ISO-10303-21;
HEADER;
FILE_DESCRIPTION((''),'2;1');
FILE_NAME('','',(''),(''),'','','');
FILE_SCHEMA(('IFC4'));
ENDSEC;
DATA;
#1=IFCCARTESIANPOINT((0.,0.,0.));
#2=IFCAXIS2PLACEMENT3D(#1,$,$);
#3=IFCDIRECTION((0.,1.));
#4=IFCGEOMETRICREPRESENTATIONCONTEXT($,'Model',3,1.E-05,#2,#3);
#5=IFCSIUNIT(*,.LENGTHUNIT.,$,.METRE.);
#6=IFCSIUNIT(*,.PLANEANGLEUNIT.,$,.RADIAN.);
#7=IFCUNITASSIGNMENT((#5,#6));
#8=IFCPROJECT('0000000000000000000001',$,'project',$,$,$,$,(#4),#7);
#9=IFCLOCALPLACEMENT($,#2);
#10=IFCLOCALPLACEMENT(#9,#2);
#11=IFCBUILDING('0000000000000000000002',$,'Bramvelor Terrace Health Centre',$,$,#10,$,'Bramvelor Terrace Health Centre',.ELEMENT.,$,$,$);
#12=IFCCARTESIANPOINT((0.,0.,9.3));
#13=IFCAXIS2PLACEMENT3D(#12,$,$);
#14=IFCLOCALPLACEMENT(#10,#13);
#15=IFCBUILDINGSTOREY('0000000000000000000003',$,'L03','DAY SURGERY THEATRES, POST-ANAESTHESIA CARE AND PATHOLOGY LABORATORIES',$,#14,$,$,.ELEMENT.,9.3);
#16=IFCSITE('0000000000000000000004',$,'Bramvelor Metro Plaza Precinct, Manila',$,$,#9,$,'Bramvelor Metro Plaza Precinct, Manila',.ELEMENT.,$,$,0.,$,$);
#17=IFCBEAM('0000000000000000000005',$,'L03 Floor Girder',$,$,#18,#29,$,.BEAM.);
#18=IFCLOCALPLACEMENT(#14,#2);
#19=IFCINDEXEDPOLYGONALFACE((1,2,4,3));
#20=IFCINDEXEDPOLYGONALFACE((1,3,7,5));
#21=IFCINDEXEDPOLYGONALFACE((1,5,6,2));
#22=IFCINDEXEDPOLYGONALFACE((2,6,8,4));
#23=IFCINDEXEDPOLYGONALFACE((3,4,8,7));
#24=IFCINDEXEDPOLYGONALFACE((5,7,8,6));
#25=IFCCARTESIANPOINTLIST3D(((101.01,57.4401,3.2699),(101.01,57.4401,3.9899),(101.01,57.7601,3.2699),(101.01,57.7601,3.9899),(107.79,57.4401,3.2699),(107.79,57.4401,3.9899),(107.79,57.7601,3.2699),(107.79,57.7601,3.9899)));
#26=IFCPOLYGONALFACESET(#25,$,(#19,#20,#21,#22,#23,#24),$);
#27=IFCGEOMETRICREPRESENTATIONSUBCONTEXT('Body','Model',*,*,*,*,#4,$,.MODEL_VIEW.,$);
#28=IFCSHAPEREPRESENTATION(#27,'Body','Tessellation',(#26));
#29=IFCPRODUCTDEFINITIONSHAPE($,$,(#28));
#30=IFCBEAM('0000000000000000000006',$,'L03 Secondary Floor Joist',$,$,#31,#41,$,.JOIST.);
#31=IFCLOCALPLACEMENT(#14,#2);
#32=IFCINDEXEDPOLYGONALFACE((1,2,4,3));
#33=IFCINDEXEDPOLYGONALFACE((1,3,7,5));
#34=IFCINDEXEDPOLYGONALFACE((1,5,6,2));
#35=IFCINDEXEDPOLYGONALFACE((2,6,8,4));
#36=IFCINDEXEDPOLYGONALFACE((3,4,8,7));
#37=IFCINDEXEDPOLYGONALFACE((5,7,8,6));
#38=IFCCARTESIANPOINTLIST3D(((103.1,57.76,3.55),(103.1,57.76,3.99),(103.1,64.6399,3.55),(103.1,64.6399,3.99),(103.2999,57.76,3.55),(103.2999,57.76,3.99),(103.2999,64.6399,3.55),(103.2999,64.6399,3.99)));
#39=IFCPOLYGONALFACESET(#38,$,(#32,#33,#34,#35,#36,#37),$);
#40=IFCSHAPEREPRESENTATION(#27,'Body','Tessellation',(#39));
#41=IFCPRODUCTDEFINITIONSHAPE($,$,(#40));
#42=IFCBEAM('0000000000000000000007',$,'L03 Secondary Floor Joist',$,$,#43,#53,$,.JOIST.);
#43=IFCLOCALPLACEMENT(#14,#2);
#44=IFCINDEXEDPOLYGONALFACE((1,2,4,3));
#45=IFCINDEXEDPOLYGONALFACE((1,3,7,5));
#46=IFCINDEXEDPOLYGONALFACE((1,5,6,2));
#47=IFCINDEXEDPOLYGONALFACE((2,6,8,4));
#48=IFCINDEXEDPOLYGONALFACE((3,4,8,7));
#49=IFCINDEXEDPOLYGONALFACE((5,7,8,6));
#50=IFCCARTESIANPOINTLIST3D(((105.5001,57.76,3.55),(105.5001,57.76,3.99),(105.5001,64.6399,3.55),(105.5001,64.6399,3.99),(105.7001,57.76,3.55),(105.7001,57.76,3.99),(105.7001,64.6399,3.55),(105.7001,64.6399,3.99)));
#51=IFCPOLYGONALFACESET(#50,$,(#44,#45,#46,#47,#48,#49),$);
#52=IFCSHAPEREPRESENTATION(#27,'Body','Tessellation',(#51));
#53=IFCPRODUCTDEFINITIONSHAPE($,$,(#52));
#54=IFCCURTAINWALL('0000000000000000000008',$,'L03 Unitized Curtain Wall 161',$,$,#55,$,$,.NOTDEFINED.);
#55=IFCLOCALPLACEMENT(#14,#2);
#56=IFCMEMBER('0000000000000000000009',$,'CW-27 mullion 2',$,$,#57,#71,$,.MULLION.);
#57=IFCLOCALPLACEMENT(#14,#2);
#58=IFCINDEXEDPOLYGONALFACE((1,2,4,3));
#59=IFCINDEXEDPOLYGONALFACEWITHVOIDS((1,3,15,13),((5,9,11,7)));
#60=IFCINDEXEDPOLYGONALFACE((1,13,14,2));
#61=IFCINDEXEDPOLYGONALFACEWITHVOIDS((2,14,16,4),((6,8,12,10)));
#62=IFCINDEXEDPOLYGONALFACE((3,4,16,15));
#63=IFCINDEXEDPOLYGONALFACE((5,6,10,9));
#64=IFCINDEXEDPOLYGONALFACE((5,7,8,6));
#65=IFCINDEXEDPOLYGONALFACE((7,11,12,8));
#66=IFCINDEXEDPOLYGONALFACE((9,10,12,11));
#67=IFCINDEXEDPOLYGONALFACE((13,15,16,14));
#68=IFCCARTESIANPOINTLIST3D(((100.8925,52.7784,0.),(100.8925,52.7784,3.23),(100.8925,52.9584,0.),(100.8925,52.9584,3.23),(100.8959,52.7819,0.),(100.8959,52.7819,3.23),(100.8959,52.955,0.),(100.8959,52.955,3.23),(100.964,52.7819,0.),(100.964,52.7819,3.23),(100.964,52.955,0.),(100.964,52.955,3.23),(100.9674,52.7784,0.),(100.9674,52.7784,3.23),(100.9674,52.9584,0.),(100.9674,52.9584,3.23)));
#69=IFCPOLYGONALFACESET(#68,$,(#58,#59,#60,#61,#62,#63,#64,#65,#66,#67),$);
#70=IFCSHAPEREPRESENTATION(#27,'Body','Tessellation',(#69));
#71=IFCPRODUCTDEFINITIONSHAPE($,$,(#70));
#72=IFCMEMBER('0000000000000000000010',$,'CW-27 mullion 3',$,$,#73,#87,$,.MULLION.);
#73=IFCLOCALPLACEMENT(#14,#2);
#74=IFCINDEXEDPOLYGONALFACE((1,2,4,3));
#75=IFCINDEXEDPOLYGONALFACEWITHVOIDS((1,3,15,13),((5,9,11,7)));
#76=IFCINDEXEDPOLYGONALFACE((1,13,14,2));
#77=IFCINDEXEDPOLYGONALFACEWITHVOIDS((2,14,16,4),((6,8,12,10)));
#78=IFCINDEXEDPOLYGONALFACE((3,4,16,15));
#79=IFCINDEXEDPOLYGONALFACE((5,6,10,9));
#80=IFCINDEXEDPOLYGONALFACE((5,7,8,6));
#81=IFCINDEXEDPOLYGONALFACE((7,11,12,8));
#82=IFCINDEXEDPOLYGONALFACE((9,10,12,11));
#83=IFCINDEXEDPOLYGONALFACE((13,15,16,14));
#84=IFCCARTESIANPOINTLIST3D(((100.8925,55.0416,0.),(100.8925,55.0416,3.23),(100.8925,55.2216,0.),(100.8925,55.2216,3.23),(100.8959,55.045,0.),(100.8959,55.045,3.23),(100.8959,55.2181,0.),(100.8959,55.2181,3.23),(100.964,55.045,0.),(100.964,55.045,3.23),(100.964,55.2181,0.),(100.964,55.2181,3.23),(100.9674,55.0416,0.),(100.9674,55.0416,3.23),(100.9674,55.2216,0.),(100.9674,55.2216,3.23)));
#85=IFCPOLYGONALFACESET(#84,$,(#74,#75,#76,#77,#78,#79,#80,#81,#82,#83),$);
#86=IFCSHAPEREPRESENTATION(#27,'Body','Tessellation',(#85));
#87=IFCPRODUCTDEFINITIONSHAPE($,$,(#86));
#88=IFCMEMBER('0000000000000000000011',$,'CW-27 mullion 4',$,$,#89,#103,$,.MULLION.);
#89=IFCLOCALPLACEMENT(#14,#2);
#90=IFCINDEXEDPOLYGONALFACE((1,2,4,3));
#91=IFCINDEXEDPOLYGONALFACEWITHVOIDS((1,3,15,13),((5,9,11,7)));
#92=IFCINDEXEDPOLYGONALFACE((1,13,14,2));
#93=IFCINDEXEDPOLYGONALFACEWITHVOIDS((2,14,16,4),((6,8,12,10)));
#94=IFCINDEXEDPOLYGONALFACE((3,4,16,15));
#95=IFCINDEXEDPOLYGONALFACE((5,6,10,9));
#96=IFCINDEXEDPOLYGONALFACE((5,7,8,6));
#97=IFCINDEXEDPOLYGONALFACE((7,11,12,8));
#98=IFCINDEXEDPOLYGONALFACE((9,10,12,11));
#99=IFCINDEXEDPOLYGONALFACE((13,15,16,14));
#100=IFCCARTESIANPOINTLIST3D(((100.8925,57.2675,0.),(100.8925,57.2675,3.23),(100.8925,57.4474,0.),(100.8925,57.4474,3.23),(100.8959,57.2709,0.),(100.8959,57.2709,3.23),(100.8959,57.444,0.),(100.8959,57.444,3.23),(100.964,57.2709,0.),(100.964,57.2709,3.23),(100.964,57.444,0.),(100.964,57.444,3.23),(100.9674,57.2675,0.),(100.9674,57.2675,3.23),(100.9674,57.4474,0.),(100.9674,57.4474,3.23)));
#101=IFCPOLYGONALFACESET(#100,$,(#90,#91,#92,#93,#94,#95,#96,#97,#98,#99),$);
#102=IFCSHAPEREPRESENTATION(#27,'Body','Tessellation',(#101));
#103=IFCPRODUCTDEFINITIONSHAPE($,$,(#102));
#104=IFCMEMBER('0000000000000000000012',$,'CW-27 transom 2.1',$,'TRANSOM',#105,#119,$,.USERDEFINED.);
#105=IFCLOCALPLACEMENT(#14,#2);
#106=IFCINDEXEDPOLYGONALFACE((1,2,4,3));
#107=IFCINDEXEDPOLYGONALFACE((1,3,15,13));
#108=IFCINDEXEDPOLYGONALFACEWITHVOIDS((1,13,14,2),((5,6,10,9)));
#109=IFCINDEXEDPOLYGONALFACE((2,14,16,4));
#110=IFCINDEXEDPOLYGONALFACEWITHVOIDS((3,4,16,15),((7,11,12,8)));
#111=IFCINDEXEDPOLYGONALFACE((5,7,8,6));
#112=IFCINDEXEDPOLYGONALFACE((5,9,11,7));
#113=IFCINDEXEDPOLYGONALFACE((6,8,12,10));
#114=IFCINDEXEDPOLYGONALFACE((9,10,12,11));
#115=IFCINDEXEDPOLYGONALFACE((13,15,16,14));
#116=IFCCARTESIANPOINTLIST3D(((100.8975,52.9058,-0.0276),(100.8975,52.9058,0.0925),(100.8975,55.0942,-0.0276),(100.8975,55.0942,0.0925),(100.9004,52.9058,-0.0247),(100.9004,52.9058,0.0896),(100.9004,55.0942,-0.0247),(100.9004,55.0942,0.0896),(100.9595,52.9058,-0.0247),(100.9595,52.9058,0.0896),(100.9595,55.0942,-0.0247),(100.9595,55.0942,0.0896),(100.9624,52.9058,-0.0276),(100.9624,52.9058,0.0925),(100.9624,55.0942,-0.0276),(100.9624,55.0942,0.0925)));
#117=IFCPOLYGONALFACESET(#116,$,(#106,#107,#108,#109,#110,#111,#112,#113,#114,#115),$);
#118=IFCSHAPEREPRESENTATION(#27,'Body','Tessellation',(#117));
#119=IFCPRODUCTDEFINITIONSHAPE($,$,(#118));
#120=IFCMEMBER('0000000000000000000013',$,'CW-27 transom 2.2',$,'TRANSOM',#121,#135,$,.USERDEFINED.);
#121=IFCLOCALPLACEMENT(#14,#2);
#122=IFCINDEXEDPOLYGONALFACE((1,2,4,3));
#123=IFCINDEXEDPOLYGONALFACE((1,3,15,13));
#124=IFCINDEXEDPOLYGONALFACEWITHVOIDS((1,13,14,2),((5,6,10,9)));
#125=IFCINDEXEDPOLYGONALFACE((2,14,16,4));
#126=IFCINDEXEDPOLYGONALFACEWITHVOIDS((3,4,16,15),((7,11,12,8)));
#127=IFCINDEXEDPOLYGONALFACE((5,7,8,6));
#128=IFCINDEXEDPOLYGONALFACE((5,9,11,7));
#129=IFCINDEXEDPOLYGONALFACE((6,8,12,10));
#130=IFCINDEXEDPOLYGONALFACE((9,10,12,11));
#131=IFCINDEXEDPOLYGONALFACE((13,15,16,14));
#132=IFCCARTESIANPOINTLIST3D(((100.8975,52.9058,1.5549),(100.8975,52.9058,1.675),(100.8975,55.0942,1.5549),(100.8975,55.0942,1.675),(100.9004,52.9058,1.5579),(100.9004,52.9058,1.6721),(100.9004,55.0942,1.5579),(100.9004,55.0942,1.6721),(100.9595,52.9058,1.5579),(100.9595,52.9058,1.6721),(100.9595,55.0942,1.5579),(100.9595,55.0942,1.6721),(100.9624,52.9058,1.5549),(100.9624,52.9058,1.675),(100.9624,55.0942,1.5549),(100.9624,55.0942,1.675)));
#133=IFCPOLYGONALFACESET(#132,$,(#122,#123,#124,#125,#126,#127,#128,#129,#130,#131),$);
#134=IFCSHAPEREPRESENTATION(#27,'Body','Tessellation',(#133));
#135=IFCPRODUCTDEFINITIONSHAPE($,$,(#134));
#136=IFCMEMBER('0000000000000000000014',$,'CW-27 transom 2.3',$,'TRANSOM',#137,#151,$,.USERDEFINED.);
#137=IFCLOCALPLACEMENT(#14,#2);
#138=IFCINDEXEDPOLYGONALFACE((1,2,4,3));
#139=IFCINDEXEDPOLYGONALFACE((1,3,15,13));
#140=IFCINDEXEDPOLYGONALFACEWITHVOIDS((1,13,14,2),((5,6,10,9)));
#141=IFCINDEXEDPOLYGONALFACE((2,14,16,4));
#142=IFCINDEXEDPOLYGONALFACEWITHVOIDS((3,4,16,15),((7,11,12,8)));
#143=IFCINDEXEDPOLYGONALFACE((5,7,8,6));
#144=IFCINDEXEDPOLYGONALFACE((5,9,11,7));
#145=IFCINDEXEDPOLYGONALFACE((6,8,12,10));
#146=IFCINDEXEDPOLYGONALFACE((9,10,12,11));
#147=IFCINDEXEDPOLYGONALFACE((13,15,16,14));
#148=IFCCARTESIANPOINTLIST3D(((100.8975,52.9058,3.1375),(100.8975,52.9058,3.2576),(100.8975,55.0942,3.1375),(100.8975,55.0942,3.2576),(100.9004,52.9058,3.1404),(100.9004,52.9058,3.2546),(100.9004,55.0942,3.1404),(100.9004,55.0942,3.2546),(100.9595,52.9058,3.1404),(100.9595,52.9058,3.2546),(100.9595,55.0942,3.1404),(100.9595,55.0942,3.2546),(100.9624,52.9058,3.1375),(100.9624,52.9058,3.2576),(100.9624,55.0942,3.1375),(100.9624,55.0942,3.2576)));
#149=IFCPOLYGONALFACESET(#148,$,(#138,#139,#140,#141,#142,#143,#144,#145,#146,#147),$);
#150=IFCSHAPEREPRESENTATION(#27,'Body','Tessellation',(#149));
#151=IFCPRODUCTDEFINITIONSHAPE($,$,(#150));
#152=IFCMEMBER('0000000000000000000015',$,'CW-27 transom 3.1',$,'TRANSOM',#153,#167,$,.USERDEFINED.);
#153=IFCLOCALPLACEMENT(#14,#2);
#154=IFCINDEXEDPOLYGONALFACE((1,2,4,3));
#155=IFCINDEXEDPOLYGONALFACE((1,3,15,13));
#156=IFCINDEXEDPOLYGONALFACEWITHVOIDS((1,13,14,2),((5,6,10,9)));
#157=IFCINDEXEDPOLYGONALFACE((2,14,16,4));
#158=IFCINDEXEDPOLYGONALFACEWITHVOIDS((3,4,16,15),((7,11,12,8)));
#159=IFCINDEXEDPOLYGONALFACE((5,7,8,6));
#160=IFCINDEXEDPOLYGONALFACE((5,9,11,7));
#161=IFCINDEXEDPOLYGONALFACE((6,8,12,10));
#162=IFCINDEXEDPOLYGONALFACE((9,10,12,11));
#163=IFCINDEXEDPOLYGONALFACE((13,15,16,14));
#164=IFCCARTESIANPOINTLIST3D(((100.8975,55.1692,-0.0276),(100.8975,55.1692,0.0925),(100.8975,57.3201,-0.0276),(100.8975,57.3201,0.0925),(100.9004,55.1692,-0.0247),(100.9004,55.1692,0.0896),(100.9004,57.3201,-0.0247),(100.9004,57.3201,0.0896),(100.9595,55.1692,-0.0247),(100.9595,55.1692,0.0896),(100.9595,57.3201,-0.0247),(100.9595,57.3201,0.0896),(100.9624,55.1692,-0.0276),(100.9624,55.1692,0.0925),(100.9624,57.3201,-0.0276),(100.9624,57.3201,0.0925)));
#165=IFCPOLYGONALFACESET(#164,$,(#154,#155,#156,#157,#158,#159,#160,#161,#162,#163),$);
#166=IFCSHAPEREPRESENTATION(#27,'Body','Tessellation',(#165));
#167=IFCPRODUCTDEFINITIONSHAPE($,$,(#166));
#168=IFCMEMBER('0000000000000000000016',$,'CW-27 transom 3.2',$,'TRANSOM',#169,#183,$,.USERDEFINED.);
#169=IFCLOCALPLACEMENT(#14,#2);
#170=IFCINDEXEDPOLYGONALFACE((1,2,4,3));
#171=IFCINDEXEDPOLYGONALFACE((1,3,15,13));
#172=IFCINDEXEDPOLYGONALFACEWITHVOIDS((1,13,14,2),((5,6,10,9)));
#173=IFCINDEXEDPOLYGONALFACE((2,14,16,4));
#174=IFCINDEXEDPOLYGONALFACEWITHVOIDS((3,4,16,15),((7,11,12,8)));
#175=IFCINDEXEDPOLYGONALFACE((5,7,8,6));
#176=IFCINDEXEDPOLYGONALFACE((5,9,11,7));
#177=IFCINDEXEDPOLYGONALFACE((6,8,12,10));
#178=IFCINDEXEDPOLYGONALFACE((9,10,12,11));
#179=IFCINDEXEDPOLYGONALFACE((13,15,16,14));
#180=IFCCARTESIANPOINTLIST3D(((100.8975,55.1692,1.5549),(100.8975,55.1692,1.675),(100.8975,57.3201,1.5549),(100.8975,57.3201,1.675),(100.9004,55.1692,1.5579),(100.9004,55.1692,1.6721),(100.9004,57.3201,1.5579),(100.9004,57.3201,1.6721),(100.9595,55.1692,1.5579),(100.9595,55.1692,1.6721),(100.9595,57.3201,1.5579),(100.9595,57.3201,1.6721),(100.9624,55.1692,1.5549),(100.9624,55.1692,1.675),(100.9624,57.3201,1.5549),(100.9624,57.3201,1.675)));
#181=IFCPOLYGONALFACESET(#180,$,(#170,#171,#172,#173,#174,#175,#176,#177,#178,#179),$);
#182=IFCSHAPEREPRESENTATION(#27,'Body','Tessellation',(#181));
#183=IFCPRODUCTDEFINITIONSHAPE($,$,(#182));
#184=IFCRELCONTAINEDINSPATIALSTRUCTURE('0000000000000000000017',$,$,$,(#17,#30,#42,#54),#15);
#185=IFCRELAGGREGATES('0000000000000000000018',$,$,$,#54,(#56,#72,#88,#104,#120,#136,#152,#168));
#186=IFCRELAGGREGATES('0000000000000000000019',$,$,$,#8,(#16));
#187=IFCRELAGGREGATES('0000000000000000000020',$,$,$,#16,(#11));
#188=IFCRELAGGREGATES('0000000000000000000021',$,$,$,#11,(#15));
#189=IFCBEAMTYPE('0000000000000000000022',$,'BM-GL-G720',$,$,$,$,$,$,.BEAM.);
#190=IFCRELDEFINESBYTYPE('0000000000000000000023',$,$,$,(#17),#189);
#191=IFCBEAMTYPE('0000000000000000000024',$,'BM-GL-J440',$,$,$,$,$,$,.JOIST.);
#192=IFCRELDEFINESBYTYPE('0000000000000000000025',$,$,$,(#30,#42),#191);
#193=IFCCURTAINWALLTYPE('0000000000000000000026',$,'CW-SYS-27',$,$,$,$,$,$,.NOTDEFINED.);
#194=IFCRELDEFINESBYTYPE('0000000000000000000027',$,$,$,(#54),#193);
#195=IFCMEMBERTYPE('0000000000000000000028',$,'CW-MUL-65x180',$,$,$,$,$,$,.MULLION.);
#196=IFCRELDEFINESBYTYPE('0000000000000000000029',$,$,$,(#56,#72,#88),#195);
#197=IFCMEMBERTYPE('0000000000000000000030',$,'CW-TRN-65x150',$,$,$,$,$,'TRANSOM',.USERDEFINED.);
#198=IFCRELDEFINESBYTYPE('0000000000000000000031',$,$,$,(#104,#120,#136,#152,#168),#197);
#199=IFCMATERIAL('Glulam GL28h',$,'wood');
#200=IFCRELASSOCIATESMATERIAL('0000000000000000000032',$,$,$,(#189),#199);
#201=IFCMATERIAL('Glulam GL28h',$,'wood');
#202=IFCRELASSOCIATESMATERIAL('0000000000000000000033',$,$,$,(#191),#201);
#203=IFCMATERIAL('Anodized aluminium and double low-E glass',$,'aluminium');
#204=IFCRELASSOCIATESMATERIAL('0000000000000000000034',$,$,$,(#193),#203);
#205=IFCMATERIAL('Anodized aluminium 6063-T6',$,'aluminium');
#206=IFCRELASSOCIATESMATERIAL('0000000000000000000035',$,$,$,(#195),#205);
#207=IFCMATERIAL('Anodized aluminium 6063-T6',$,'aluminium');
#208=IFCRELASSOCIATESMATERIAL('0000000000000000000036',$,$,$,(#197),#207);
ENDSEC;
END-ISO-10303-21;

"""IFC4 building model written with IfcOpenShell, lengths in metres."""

from ifc_helpers import new_model, si_unit, direction, frame, origin, origin_2d, place, context, subcontext, project, spatial, rectangle, hollow_rectangle, extrude, material, material_profile, profile_set, type_object, element, aggregate, save


model = new_model("IFC4")

# Units and contexts
model_context = context("Model", 3, precision=1e-05, world=origin(), true_north=direction((0.0, 1.0)))
body_context = subcontext(model_context, "Body", "Model", "MODEL_VIEW")
ifc_project = project(units=[si_unit("LENGTHUNIT", "METRE"), si_unit("PLANEANGLEUNIT", "RADIAN")], contexts=[model_context])

# Site, building, storey
site_placement = place(None, origin())
site = spatial("IfcSite", under=ifc_project, at=site_placement, Name="Bramvelor Metro Plaza Precinct, Manila", LongName="Bramvelor Metro Plaza Precinct, Manila", CompositionType="ELEMENT", RefElevation=0.0)
building_placement = place(site_placement, origin())
building = spatial("IfcBuilding", under=site, at=building_placement, Name="Bramvelor Terrace Health Centre", LongName="Bramvelor Terrace Health Centre", CompositionType="ELEMENT")
storey_placement = place(building_placement, frame((0.0, 0.0, 9.3)))
storey = spatial("IfcBuildingStorey", under=building, at=storey_placement, Name="L03", Description="DAY SURGERY THEATRES, POST-ANAESTHESIA CARE AND PATHOLOGY LABORATORIES", CompositionType="ELEMENT", Elevation=9.3)

# Beams
ifc_material_1 = material(Name="Glulam GL28h", Category="wood")
ifc_material_profile_1 = material_profile(ifc_material_1, rectangle(XDim=0.3201, YDim=0.72, at=origin_2d()), Name="GL 320x720")
ifc_profile_set_1 = profile_set([ifc_material_profile_1], Name="Glulam GL28h")
beam_type_1 = type_object("IfcBeamType", Name="BM-GL-G720", PredefinedType="BEAM", material=ifc_profile_set_1)
beam_placement = place(storey_placement, frame((101.01, 57.6001, 3.6299), z_axis=(1.0, 0.0, 0.0), x_axis=(0.0, 1.0, 0.0)))
element("IfcBeam", 1, at=beam_placement, inside=storey, type_object=beam_type_1, Name="L03 Floor Girder", PredefinedType="BEAM", context=body_context, shape_type="SweptSolid", body=[
    extrude(rectangle(XDim=0.3201, YDim=0.72, at=origin_2d()), origin(), (0.0, 0.0, 1.0), 6.78),
])
ifc_material_2 = material(Name="Glulam GL28h", Category="wood")
ifc_material_profile_2 = material_profile(ifc_material_2, rectangle(XDim=0.2, YDim=0.4399, at=origin_2d()), Name="GL 200x440")
ifc_profile_set_2 = profile_set([ifc_material_profile_2], Name="Glulam GL28h")
beam_type_2 = type_object("IfcBeamType", Name="BM-GL-J440", PredefinedType="JOIST", material=ifc_profile_set_2)
for number, where, z_axis, x_axis, name in (
    (2, (103.2, 57.76, 3.77), (0.0, 1.0, 0.0), (-1.0, 0.0, 0.0), "L03 Secondary Floor Joist"),
    (3, (105.6001, 57.76, 3.77), (0.0, 1.0, 0.0), (-1.0, 0.0, 0.0), "L03 Secondary Floor Joist"),
):
    element("IfcBeam", number, at=place(storey_placement, frame(where, z_axis=z_axis, x_axis=x_axis)), inside=storey, type_object=beam_type_2, Name=name, PredefinedType="JOIST", context=body_context, shape_type="SweptSolid", body=[
        extrude(rectangle(XDim=0.2, YDim=0.4399, at=origin_2d()), origin(), (0.0, 0.0, 1.0), 6.8799),
    ])

# Curtain wall, members
ifc_material_3 = material(Name="Anodized aluminium and double low-E glass", Category="aluminium")
curtain_wall_type = type_object("IfcCurtainWallType", Name="CW-SYS-27", PredefinedType="NOTDEFINED", material=ifc_material_3)
curtain_wall_placement = place(storey_placement, origin())
curtain_wall = element("IfcCurtainWall", 4, at=curtain_wall_placement, inside=storey, type_object=curtain_wall_type, Name="L03 Unitized Curtain Wall 161", PredefinedType="NOTDEFINED")
ifc_material_4 = material(Name="Anodized aluminium 6063-T6", Category="aluminium")
ifc_material_profile_3 = material_profile(ifc_material_4, hollow_rectangle(XDim=0.075, YDim=0.1799, WallThickness=0.0034, at=origin_2d()), Name="ALU-MUL 75x180x3.5")
ifc_profile_set_3 = profile_set([ifc_material_profile_3], Name="Anodized aluminium 6063-T6")
member_type_1 = type_object("IfcMemberType", Name="CW-MUL-65x180", PredefinedType="MULLION", material=ifc_profile_set_3)
member_1_placement = place(storey_placement, frame((100.9299, 52.8684, 0.0), z_axis=(0.0, 0.0, 1.0), x_axis=(-1.0, 0.0, 0.0)))
member_1 = element("IfcMember", 5, at=member_1_placement, type_object=member_type_1, Name="CW-27 mullion 2", PredefinedType="MULLION", context=body_context, shape_type="SweptSolid", body=[
    extrude(hollow_rectangle(XDim=0.075, YDim=0.1799, WallThickness=0.0034, at=origin_2d()), origin(), (0.0, 0.0, 1.0), 3.23),
])
member_2_placement = place(storey_placement, frame((100.9299, 55.1316, 0.0), z_axis=(0.0, 0.0, 1.0), x_axis=(-1.0, 0.0, 0.0)))
member_2 = element("IfcMember", 6, at=member_2_placement, type_object=member_type_1, Name="CW-27 mullion 3", PredefinedType="MULLION", context=body_context, shape_type="SweptSolid", body=[
    extrude(hollow_rectangle(XDim=0.075, YDim=0.1799, WallThickness=0.0034, at=origin_2d()), origin(), (0.0, 0.0, 1.0), 3.23),
])
member_3_placement = place(storey_placement, frame((100.9299, 57.3574, 0.0), z_axis=(0.0, 0.0, 1.0), x_axis=(-1.0, 0.0, 0.0)))
member_3 = element("IfcMember", 7, at=member_3_placement, type_object=member_type_1, Name="CW-27 mullion 4", PredefinedType="MULLION", context=body_context, shape_type="SweptSolid", body=[
    extrude(hollow_rectangle(XDim=0.075, YDim=0.1799, WallThickness=0.0034, at=origin_2d()), origin(), (0.0, 0.0, 1.0), 3.23),
])
ifc_material_5 = material(Name="Anodized aluminium 6063-T6", Category="aluminium")
ifc_material_profile_4 = material_profile(ifc_material_5, hollow_rectangle(XDim=0.0649, YDim=0.1201, WallThickness=0.0029, at=origin_2d()), Name="ALU-TRN 65x120x3.0")
ifc_profile_set_4 = profile_set([ifc_material_profile_4], Name="Anodized aluminium 6063-T6")
member_type_2 = type_object("IfcMemberType", Name="CW-TRN-65x150", ElementType="TRANSOM", PredefinedType="USERDEFINED", material=ifc_profile_set_4)
member_4_placement = place(storey_placement, frame((100.9299, 52.9058, 0.0325), z_axis=(0.0, 1.0, 0.0), x_axis=(-1.0, 0.0, 0.0)))
member_4 = element("IfcMember", 8, at=member_4_placement, type_object=member_type_2, Name="CW-27 transom 2.1", ObjectType="TRANSOM", PredefinedType="USERDEFINED", context=body_context, shape_type="SweptSolid", body=[
    extrude(hollow_rectangle(XDim=0.0649, YDim=0.1201, WallThickness=0.0029, at=origin_2d()), origin(), (0.0, 0.0, 1.0), 2.1885),
])
member_5_placement = place(storey_placement, frame((100.9299, 52.9058, 1.615), z_axis=(0.0, 1.0, 0.0), x_axis=(-1.0, 0.0, 0.0)))
member_5 = element("IfcMember", 9, at=member_5_placement, type_object=member_type_2, Name="CW-27 transom 2.2", ObjectType="TRANSOM", PredefinedType="USERDEFINED", context=body_context, shape_type="SweptSolid", body=[
    extrude(hollow_rectangle(XDim=0.0649, YDim=0.1201, WallThickness=0.0029, at=origin_2d()), origin(), (0.0, 0.0, 1.0), 2.1885),
])
member_6_placement = place(storey_placement, frame((100.9299, 52.9058, 3.1975), z_axis=(0.0, 1.0, 0.0), x_axis=(-1.0, 0.0, 0.0)))
member_6 = element("IfcMember", 10, at=member_6_placement, type_object=member_type_2, Name="CW-27 transom 2.3", ObjectType="TRANSOM", PredefinedType="USERDEFINED", context=body_context, shape_type="SweptSolid", body=[
    extrude(hollow_rectangle(XDim=0.0649, YDim=0.1201, WallThickness=0.0029, at=origin_2d()), origin(), (0.0, 0.0, 1.0), 2.1885),
])
member_7_placement = place(storey_placement, frame((100.9299, 55.1692, 0.0325), z_axis=(0.0, 1.0, 0.0), x_axis=(-1.0, 0.0, 0.0)))
member_7 = element("IfcMember", 11, at=member_7_placement, type_object=member_type_2, Name="CW-27 transom 3.1", ObjectType="TRANSOM", PredefinedType="USERDEFINED", context=body_context, shape_type="SweptSolid", body=[
    extrude(hollow_rectangle(XDim=0.0649, YDim=0.1201, WallThickness=0.0029, at=origin_2d()), origin(), (0.0, 0.0, 1.0), 2.1509),
])
member_8_placement = place(storey_placement, frame((100.9299, 55.1692, 1.615), z_axis=(0.0, 1.0, 0.0), x_axis=(-1.0, 0.0, 0.0)))
member_8 = element("IfcMember", 12, at=member_8_placement, type_object=member_type_2, Name="CW-27 transom 3.2", ObjectType="TRANSOM", PredefinedType="USERDEFINED", context=body_context, shape_type="SweptSolid", body=[
    extrude(hollow_rectangle(XDim=0.0649, YDim=0.1201, WallThickness=0.0029, at=origin_2d()), origin(), (0.0, 0.0, 1.0), 2.1509),
])
aggregate(curtain_wall, [member_1, member_2, member_3, member_4, member_5, member_6, member_7, member_8])

save(model, "model.ifc")
